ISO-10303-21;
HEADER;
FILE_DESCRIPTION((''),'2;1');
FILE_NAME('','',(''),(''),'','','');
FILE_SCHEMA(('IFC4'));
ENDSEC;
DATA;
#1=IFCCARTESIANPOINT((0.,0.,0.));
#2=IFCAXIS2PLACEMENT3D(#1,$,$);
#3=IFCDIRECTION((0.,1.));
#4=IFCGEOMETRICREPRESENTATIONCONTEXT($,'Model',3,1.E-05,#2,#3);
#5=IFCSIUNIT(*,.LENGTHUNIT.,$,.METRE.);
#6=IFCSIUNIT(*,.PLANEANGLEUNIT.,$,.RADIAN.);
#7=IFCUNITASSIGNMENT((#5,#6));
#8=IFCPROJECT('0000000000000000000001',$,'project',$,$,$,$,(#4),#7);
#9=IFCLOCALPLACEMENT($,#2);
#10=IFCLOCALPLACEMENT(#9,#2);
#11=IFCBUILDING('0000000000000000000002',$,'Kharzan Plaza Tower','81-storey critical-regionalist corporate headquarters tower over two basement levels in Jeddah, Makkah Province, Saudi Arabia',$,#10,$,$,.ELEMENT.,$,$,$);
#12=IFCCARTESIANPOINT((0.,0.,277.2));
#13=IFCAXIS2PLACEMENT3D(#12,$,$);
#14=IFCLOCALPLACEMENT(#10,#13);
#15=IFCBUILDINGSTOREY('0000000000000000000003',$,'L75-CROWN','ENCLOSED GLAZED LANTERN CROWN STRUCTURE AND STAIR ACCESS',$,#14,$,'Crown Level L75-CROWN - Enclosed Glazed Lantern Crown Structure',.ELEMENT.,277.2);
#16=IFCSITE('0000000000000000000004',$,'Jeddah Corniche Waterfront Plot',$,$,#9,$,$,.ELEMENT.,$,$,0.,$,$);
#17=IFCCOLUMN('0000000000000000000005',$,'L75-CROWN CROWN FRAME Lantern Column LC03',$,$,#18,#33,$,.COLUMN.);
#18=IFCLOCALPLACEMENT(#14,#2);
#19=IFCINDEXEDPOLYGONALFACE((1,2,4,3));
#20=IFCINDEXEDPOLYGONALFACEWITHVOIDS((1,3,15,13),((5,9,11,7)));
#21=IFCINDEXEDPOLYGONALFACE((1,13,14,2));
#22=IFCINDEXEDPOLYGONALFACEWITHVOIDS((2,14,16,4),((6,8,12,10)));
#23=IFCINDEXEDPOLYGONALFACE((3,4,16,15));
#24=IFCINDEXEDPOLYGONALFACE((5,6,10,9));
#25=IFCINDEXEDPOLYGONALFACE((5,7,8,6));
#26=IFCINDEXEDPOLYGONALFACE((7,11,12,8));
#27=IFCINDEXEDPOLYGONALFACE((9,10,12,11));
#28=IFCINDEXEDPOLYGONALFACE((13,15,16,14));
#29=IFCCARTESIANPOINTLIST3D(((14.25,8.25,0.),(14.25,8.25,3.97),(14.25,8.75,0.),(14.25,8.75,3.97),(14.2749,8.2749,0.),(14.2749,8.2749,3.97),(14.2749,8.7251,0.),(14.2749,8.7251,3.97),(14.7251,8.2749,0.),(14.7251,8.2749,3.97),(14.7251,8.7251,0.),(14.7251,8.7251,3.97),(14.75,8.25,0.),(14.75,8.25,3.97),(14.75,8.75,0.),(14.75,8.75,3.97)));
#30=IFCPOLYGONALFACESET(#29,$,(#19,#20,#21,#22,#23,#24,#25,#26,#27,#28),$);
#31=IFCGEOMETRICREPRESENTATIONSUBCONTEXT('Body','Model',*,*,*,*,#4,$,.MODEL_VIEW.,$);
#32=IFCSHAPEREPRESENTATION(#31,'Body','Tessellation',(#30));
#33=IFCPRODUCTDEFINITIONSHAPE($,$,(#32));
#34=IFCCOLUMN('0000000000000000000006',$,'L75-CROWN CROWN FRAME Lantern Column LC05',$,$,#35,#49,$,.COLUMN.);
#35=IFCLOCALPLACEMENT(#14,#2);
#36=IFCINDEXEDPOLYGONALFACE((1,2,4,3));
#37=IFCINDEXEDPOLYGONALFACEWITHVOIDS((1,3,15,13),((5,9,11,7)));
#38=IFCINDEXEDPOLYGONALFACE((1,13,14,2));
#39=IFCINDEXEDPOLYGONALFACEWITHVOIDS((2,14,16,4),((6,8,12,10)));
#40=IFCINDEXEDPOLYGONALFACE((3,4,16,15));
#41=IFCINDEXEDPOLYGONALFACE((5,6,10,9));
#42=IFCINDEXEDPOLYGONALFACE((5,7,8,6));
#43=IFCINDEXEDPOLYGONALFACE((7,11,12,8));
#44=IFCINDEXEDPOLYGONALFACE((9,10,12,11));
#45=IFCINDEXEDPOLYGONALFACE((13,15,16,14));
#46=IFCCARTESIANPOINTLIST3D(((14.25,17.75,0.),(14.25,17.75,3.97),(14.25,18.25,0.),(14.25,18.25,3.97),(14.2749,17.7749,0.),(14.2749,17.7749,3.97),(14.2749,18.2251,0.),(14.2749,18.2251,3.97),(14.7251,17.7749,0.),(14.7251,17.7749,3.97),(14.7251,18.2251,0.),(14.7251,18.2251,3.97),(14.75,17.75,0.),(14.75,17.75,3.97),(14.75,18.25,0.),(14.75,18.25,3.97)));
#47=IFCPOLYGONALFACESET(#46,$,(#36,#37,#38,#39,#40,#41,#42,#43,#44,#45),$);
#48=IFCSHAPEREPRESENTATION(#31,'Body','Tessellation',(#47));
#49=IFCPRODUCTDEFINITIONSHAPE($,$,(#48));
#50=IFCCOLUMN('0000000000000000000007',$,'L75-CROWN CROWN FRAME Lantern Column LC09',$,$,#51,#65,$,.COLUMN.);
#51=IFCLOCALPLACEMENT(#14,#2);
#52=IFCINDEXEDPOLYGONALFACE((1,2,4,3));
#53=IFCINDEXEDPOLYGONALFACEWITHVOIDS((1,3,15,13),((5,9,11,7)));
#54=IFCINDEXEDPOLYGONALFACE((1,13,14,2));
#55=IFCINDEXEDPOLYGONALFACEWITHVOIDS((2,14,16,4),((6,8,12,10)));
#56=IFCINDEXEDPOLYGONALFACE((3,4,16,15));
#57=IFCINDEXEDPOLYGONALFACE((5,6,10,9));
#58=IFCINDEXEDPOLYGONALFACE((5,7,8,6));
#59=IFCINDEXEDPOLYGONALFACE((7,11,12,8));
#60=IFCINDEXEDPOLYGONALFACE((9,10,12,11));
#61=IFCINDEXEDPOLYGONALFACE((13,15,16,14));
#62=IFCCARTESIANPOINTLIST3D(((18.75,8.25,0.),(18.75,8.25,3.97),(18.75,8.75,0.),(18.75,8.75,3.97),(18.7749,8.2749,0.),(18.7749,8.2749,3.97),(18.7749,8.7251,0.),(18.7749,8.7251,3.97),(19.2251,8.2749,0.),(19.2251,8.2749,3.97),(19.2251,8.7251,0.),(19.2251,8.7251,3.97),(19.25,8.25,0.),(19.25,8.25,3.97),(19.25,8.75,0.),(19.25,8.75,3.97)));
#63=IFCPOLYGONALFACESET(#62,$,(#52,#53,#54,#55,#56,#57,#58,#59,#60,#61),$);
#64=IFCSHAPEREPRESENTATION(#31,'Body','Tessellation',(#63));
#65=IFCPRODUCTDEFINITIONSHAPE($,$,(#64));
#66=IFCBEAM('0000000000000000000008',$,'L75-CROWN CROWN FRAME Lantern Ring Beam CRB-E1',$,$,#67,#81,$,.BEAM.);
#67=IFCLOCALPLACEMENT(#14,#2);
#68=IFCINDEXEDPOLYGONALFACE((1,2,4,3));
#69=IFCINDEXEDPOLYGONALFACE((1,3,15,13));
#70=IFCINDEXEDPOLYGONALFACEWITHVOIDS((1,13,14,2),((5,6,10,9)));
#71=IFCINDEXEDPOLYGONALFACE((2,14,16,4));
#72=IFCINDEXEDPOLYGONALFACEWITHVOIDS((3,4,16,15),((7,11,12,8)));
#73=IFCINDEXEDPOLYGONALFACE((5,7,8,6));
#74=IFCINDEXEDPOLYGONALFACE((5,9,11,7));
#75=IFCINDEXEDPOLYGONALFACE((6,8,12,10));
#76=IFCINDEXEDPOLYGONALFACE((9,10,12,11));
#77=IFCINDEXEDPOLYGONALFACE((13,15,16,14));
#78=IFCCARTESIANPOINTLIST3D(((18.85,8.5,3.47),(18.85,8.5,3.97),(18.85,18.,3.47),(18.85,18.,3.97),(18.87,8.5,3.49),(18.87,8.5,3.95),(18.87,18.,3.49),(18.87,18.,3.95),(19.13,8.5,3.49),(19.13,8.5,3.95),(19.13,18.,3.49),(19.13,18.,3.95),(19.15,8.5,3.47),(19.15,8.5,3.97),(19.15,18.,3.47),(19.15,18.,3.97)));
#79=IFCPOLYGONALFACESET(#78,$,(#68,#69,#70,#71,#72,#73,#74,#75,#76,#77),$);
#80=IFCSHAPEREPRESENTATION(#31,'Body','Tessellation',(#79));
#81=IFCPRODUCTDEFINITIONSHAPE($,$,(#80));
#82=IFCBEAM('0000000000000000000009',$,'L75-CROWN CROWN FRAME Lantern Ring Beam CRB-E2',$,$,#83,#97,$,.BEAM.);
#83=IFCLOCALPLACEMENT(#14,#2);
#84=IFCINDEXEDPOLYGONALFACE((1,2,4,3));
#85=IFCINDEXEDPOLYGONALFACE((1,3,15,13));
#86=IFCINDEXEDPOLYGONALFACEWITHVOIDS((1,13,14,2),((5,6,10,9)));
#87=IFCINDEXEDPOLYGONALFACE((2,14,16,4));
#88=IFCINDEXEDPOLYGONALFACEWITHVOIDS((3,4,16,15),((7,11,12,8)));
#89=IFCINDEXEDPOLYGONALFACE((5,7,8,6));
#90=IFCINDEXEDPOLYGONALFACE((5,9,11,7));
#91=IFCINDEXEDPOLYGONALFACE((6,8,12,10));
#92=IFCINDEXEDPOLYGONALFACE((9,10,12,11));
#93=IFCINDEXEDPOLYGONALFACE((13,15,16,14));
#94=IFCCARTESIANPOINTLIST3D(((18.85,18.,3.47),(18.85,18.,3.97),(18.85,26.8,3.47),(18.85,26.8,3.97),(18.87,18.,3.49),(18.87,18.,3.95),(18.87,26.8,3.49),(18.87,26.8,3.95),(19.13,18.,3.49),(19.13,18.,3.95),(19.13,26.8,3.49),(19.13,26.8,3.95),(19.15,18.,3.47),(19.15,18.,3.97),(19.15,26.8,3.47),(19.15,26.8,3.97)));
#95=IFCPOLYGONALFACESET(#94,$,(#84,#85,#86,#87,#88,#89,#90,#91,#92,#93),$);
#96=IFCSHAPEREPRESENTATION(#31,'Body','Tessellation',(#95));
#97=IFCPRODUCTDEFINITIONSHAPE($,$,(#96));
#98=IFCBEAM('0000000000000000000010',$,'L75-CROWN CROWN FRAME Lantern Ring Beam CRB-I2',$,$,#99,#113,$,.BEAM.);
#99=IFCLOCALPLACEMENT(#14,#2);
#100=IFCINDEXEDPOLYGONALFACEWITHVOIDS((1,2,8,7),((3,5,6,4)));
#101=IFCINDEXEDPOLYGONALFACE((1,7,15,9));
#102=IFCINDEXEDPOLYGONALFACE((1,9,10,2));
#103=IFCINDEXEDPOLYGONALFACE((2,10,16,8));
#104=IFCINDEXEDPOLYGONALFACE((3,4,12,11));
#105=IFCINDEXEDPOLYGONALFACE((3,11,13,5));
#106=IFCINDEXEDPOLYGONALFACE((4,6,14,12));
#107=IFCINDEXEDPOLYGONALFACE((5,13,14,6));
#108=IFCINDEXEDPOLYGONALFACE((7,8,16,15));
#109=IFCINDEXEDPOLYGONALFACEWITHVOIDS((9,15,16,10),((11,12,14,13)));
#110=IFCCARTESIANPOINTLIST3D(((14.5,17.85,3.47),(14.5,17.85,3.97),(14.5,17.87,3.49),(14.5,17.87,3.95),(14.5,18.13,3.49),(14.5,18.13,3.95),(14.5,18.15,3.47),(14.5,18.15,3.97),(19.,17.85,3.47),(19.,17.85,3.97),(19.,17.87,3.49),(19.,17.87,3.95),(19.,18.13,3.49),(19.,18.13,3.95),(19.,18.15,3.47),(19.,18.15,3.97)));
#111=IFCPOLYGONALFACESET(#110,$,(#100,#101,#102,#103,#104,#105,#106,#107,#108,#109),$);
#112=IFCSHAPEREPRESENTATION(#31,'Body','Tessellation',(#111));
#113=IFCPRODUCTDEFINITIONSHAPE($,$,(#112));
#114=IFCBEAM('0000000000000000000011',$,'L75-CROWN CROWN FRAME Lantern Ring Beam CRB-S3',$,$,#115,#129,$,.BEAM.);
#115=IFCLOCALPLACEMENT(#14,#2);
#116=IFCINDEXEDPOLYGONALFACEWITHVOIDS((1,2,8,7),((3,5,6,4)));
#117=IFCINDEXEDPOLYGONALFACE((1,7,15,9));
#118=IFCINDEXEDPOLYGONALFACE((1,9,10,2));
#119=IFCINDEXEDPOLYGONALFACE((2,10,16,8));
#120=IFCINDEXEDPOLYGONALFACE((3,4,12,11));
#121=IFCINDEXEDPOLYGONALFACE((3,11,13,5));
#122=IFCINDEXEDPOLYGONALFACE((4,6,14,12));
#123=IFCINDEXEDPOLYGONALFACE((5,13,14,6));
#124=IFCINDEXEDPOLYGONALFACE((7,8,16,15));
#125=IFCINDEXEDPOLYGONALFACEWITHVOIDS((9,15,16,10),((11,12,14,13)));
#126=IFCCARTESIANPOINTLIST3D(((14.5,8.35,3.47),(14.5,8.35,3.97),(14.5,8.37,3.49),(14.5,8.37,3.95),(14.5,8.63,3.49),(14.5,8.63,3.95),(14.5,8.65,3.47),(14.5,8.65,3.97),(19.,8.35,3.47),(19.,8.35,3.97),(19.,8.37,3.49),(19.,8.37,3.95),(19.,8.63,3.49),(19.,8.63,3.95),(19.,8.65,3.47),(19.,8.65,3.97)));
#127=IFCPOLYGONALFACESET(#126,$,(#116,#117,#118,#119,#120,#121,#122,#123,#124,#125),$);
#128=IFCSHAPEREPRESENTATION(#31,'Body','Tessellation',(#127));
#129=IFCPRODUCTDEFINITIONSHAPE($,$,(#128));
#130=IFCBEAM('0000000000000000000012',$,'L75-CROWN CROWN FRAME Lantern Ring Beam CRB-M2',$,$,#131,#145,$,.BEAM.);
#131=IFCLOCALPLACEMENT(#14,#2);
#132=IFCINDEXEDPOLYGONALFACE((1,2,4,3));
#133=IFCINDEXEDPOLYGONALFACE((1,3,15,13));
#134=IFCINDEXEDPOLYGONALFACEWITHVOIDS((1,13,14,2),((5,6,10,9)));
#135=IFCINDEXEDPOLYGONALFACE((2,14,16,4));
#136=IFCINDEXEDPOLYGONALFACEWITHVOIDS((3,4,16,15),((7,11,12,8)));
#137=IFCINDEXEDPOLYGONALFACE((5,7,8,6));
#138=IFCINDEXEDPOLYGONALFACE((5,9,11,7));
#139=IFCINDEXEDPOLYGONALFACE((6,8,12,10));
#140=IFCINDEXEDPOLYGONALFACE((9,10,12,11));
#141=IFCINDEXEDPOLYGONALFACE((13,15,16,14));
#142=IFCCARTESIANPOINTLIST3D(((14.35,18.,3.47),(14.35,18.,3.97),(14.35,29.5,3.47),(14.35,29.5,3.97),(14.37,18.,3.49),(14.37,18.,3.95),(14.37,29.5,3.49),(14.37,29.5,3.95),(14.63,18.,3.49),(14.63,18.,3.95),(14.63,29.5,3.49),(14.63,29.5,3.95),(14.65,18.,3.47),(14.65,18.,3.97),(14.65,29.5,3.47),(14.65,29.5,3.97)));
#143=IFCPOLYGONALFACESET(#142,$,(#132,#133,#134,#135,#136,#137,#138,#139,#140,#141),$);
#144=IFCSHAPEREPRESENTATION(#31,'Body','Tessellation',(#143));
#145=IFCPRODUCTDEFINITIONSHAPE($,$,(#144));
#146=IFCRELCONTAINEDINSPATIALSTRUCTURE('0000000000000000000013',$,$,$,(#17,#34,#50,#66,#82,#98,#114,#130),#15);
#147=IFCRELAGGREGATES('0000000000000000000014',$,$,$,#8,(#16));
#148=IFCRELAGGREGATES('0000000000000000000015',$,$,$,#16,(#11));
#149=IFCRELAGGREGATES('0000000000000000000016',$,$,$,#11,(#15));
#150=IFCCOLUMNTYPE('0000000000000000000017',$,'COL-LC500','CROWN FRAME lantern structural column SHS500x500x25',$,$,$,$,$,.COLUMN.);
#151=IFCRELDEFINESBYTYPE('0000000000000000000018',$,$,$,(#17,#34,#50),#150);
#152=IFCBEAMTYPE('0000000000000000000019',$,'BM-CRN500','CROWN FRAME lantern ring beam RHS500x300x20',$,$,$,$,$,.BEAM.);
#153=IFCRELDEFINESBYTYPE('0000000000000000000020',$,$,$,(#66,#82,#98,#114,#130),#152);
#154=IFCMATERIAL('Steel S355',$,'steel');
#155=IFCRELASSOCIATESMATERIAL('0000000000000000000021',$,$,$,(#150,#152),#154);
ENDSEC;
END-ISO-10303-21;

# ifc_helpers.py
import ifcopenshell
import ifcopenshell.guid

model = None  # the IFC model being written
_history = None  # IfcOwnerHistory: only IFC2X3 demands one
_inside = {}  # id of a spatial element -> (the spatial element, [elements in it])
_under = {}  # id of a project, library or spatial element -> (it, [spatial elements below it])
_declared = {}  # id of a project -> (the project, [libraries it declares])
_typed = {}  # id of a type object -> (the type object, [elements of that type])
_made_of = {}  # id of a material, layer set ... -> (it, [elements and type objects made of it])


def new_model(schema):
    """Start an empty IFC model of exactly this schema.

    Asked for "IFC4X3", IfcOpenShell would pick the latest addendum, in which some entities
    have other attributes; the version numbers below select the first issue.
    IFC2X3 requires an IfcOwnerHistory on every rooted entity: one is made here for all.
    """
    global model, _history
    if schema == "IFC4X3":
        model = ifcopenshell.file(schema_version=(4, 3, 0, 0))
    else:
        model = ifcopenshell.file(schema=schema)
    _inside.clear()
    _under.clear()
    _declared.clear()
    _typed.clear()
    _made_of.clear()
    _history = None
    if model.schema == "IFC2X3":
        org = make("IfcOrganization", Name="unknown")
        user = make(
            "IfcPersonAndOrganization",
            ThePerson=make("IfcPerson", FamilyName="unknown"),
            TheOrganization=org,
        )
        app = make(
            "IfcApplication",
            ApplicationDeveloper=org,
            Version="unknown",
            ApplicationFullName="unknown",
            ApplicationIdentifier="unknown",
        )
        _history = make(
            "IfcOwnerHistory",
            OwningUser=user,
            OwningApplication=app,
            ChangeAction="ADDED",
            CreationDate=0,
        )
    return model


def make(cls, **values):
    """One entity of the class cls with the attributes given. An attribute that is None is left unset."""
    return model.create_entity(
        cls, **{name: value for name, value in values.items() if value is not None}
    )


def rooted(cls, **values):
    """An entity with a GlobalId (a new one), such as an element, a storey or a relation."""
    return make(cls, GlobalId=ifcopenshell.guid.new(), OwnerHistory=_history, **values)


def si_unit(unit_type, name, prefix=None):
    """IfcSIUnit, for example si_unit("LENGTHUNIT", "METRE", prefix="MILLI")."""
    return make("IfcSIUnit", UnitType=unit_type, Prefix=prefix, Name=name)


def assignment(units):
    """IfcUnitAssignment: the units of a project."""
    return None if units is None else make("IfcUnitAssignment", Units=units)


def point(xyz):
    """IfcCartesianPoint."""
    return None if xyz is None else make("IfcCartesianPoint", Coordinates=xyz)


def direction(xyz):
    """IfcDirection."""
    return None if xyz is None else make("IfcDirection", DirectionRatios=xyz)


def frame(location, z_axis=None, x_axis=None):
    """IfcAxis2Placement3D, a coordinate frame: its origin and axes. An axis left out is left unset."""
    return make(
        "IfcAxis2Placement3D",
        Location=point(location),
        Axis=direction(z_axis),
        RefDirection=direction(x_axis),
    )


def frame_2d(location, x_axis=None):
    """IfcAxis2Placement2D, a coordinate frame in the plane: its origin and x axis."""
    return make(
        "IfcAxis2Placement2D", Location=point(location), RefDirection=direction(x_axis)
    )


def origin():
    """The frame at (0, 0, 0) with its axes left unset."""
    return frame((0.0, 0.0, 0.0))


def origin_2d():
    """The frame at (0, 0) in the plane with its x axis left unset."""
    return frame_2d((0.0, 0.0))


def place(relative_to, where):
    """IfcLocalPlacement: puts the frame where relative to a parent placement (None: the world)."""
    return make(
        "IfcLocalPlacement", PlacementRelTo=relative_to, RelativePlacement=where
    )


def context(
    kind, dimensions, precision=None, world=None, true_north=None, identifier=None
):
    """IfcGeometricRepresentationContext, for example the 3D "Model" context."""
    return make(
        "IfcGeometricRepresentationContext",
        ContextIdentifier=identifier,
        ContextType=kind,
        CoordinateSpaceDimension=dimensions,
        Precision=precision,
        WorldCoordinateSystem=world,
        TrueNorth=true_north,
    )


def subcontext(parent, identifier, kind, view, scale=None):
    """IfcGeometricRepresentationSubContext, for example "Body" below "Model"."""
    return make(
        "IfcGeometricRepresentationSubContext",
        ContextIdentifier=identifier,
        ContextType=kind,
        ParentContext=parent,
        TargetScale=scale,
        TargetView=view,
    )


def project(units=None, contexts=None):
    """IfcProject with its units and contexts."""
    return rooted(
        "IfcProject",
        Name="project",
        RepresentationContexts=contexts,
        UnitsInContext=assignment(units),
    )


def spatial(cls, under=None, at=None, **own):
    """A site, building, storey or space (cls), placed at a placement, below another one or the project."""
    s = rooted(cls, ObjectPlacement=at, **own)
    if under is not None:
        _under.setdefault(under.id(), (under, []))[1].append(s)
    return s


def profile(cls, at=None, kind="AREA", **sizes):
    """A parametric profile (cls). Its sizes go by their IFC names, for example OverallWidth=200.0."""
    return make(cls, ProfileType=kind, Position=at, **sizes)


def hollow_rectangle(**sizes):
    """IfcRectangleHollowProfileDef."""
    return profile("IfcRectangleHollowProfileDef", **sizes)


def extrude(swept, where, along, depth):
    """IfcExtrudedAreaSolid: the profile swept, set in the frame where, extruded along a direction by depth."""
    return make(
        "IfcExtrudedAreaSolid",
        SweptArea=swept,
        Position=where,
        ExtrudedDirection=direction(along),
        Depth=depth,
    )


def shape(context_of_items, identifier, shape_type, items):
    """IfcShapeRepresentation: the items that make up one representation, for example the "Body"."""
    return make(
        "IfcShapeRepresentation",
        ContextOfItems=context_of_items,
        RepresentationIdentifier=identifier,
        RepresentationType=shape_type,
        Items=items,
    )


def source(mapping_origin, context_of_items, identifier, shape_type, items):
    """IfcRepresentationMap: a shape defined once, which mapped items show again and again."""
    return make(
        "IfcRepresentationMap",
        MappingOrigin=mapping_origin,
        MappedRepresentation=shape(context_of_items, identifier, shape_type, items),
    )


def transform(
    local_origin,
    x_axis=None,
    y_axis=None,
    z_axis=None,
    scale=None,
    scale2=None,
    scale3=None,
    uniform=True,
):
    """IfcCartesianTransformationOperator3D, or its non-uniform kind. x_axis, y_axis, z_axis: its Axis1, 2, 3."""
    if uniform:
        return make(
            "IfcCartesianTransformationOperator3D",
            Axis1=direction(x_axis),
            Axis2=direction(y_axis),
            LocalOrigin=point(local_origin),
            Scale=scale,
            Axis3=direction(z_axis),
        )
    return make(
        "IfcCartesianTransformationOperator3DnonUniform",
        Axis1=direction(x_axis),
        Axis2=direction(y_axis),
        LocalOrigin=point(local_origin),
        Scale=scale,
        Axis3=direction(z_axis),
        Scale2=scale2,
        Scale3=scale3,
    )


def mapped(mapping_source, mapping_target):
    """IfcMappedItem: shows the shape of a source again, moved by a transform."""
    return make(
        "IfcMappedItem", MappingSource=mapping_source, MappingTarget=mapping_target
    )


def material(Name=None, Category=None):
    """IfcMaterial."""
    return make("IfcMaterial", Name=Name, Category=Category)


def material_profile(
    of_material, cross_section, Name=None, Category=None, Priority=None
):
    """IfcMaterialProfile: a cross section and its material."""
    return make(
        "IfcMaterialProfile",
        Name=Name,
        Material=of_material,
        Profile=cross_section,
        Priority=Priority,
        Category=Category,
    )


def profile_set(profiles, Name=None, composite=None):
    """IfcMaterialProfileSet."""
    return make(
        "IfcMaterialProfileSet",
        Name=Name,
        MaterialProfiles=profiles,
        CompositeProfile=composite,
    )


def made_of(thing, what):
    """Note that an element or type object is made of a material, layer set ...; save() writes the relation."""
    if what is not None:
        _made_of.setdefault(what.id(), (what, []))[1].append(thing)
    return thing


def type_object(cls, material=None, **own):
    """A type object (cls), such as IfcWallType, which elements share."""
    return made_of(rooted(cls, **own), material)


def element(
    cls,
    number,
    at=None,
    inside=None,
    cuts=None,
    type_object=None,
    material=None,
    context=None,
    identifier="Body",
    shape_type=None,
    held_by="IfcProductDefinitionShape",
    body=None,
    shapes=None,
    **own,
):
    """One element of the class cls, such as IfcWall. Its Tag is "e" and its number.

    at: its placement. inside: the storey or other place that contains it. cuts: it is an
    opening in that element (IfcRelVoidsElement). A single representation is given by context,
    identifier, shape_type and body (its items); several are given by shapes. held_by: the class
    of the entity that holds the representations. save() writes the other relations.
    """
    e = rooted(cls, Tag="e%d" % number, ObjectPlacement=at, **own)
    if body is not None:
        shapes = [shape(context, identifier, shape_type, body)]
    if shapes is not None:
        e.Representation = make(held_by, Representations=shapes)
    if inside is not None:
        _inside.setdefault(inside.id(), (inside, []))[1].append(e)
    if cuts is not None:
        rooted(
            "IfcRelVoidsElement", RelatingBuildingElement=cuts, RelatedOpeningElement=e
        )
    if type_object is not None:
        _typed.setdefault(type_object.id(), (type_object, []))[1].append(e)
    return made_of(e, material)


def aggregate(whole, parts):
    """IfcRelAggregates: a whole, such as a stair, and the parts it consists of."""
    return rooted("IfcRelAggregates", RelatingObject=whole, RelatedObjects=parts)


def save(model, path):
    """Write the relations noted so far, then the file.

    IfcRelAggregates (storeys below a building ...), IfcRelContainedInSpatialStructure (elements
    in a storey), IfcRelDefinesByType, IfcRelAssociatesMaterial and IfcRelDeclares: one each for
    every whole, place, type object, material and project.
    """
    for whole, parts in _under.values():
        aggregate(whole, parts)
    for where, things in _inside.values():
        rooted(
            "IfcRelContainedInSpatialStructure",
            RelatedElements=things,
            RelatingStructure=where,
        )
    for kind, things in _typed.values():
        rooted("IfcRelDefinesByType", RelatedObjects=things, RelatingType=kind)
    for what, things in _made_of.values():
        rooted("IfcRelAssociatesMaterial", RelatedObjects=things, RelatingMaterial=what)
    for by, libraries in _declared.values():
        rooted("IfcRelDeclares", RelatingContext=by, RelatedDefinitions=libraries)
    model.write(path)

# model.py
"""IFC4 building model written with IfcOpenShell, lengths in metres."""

from ifc_helpers import new_model, si_unit, direction, frame, origin, origin_2d, place, context, subcontext, project, spatial, hollow_rectangle, extrude, source, transform, mapped, material, material_profile, profile_set, type_object, element, save


model = new_model("IFC4")

# Units and contexts
model_context = context("Model", 3, precision=1e-05, world=origin(), true_north=direction((0.0, 1.0)))
body_context = subcontext(model_context, "Body", "Model", "MODEL_VIEW")
ifc_project = project(units=[si_unit("LENGTHUNIT", "METRE"), si_unit("PLANEANGLEUNIT", "RADIAN")], contexts=[model_context])

# Site, building, storey
site_placement = place(None, origin())
site = spatial("IfcSite", under=ifc_project, at=site_placement, Name="Jeddah Corniche Waterfront Plot", CompositionType="ELEMENT", RefElevation=0.0)
building_placement = place(site_placement, origin())
building = spatial("IfcBuilding", under=site, at=building_placement, Name="Kharzan Plaza Tower", Description="81-storey critical-regionalist corporate headquarters tower over two basement levels in Jeddah, Makkah Province, Saudi Arabia", CompositionType="ELEMENT")
storey_placement = place(building_placement, frame((0.0, 0.0, 277.2)))
storey = spatial("IfcBuildingStorey", under=building, at=storey_placement, Name="L75-CROWN", Description="ENCLOSED GLAZED LANTERN CROWN STRUCTURE AND STAIR ACCESS", LongName="Crown Level L75-CROWN - Enclosed Glazed Lantern Crown Structure", CompositionType="ELEMENT", Elevation=277.2)

# Columns
ifc_material_1 = material(Name="Steel S355", Category="steel")
ifc_material_profile_1 = material_profile(ifc_material_1, hollow_rectangle(XDim=0.5, YDim=0.5, WallThickness=0.0249, at=origin_2d()), Name="SHS500x500x25")
ifc_profile_set_1 = profile_set([ifc_material_profile_1], Name="Steel S355")
column_type = type_object("IfcColumnType", Name="COL-LC500", Description="CROWN FRAME lantern structural column SHS500x500x25", PredefinedType="COLUMN", material=ifc_profile_set_1)
shared_shape_1 = source(origin(), body_context, "Body", "SweptSolid", [
    extrude(hollow_rectangle(XDim=0.5, YDim=0.5, WallThickness=0.0249, at=origin_2d()), origin(), (0.0, 0.0, 1.0), 3.97),
])
for number, where, z_axis, x_axis, name in (
    (1, (14.5, 8.5, 0.0), (0.0, 0.0, 1.0), (1.0, 0.0, 0.0), "L75-CROWN CROWN FRAME Lantern Column LC03"),
    (2, (14.5, 18.0, 0.0), (0.0, 0.0, 1.0), (1.0, 0.0, 0.0), "L75-CROWN CROWN FRAME Lantern Column LC05"),
    (3, (19.0, 8.5, 0.0), (0.0, 0.0, 1.0), (1.0, 0.0, 0.0), "L75-CROWN CROWN FRAME Lantern Column LC09"),
):
    element("IfcColumn", number, at=place(storey_placement, frame(where, z_axis=z_axis, x_axis=x_axis)), inside=storey, type_object=column_type, Name=name, PredefinedType="COLUMN", context=body_context, shape_type="MappedRepresentation", body=[
        mapped(shared_shape_1, transform((0.0, 0.0, 0.0), x_axis=(1.0, 0.0, 0.0), y_axis=(0.0, 1.0, 0.0), z_axis=(0.0, 0.0, 1.0))),
    ])

# Beams
ifc_material_profile_2 = material_profile(ifc_material_1, hollow_rectangle(XDim=0.3, YDim=0.5, WallThickness=0.02, at=origin_2d()), Name="RHS500x300x20")
ifc_profile_set_2 = profile_set([ifc_material_profile_2], Name="Steel S355")
beam_type = type_object("IfcBeamType", Name="BM-CRN500", Description="CROWN FRAME lantern ring beam RHS500x300x20", PredefinedType="BEAM", material=ifc_profile_set_2)
shared_shape_2 = source(origin(), body_context, "Body", "SweptSolid", [
    extrude(hollow_rectangle(XDim=0.3, YDim=0.5, WallThickness=0.02, at=origin_2d()), origin(), (0.0, 0.0, 1.0), 9.5),
])
beam_1_placement = place(storey_placement, frame((19.0, 8.5, 3.72), z_axis=(0.0, 1.0, 0.0), x_axis=(-1.0, 0.0, 0.0)))
element("IfcBeam", 4, at=beam_1_placement, inside=storey, type_object=beam_type, Name="L75-CROWN CROWN FRAME Lantern Ring Beam CRB-E1", PredefinedType="BEAM", context=body_context, shape_type="MappedRepresentation", body=[
    mapped(shared_shape_2, transform((0.0, 0.0, 0.0), x_axis=(1.0, 0.0, 0.0), y_axis=(0.0, 1.0, 0.0), z_axis=(0.0, 0.0, 1.0))),
])
shared_shape_3 = source(origin(), body_context, "Body", "SweptSolid", [
    extrude(hollow_rectangle(XDim=0.3, YDim=0.5, WallThickness=0.02, at=origin_2d()), origin(), (0.0, 0.0, 1.0), 8.8),
])
beam_2_placement = place(storey_placement, frame((19.0, 18.0, 3.72), z_axis=(0.0, 1.0, 0.0), x_axis=(-1.0, 0.0, 0.0)))
element("IfcBeam", 5, at=beam_2_placement, inside=storey, type_object=beam_type, Name="L75-CROWN CROWN FRAME Lantern Ring Beam CRB-E2", PredefinedType="BEAM", context=body_context, shape_type="MappedRepresentation", body=[
    mapped(shared_shape_3, transform((0.0, 0.0, 0.0), x_axis=(1.0, 0.0, 0.0), y_axis=(0.0, 1.0, 0.0), z_axis=(0.0, 0.0, 1.0))),
])
shared_shape_4 = source(origin(), body_context, "Body", "SweptSolid", [
    extrude(hollow_rectangle(XDim=0.3, YDim=0.5, WallThickness=0.02, at=origin_2d()), origin(), (0.0, 0.0, 1.0), 4.5),
])
for number, where, z_axis, x_axis, name in (
    (6, (14.5, 18.0, 3.72), (1.0, 0.0, 0.0), (0.0, 1.0, 0.0), "L75-CROWN CROWN FRAME Lantern Ring Beam CRB-I2"),
    (7, (14.5, 8.5, 3.72), (1.0, 0.0, 0.0), (0.0, 1.0, 0.0), "L75-CROWN CROWN FRAME Lantern Ring Beam CRB-S3"),
):
    element("IfcBeam", number, at=place(storey_placement, frame(where, z_axis=z_axis, x_axis=x_axis)), inside=storey, type_object=beam_type, Name=name, PredefinedType="BEAM", context=body_context, shape_type="MappedRepresentation", body=[
        mapped(shared_shape_4, transform((0.0, 0.0, 0.0), x_axis=(1.0, 0.0, 0.0), y_axis=(0.0, 1.0, 0.0), z_axis=(0.0, 0.0, 1.0))),
    ])
shared_shape_5 = source(origin(), body_context, "Body", "SweptSolid", [
    extrude(hollow_rectangle(XDim=0.3, YDim=0.5, WallThickness=0.02, at=origin_2d()), origin(), (0.0, 0.0, 1.0), 11.5),
])
beam_3_placement = place(storey_placement, frame((14.5, 18.0, 3.72), z_axis=(0.0, 1.0, 0.0), x_axis=(-1.0, 0.0, 0.0)))
element("IfcBeam", 8, at=beam_3_placement, inside=storey, type_object=beam_type, Name="L75-CROWN CROWN FRAME Lantern Ring Beam CRB-M2", PredefinedType="BEAM", context=body_context, shape_type="MappedRepresentation", body=[
    mapped(shared_shape_5, transform((0.0, 0.0, 0.0), x_axis=(1.0, 0.0, 0.0), y_axis=(0.0, 1.0, 0.0), z_axis=(0.0, 0.0, 1.0))),
])

save(model, "model.ifc")
